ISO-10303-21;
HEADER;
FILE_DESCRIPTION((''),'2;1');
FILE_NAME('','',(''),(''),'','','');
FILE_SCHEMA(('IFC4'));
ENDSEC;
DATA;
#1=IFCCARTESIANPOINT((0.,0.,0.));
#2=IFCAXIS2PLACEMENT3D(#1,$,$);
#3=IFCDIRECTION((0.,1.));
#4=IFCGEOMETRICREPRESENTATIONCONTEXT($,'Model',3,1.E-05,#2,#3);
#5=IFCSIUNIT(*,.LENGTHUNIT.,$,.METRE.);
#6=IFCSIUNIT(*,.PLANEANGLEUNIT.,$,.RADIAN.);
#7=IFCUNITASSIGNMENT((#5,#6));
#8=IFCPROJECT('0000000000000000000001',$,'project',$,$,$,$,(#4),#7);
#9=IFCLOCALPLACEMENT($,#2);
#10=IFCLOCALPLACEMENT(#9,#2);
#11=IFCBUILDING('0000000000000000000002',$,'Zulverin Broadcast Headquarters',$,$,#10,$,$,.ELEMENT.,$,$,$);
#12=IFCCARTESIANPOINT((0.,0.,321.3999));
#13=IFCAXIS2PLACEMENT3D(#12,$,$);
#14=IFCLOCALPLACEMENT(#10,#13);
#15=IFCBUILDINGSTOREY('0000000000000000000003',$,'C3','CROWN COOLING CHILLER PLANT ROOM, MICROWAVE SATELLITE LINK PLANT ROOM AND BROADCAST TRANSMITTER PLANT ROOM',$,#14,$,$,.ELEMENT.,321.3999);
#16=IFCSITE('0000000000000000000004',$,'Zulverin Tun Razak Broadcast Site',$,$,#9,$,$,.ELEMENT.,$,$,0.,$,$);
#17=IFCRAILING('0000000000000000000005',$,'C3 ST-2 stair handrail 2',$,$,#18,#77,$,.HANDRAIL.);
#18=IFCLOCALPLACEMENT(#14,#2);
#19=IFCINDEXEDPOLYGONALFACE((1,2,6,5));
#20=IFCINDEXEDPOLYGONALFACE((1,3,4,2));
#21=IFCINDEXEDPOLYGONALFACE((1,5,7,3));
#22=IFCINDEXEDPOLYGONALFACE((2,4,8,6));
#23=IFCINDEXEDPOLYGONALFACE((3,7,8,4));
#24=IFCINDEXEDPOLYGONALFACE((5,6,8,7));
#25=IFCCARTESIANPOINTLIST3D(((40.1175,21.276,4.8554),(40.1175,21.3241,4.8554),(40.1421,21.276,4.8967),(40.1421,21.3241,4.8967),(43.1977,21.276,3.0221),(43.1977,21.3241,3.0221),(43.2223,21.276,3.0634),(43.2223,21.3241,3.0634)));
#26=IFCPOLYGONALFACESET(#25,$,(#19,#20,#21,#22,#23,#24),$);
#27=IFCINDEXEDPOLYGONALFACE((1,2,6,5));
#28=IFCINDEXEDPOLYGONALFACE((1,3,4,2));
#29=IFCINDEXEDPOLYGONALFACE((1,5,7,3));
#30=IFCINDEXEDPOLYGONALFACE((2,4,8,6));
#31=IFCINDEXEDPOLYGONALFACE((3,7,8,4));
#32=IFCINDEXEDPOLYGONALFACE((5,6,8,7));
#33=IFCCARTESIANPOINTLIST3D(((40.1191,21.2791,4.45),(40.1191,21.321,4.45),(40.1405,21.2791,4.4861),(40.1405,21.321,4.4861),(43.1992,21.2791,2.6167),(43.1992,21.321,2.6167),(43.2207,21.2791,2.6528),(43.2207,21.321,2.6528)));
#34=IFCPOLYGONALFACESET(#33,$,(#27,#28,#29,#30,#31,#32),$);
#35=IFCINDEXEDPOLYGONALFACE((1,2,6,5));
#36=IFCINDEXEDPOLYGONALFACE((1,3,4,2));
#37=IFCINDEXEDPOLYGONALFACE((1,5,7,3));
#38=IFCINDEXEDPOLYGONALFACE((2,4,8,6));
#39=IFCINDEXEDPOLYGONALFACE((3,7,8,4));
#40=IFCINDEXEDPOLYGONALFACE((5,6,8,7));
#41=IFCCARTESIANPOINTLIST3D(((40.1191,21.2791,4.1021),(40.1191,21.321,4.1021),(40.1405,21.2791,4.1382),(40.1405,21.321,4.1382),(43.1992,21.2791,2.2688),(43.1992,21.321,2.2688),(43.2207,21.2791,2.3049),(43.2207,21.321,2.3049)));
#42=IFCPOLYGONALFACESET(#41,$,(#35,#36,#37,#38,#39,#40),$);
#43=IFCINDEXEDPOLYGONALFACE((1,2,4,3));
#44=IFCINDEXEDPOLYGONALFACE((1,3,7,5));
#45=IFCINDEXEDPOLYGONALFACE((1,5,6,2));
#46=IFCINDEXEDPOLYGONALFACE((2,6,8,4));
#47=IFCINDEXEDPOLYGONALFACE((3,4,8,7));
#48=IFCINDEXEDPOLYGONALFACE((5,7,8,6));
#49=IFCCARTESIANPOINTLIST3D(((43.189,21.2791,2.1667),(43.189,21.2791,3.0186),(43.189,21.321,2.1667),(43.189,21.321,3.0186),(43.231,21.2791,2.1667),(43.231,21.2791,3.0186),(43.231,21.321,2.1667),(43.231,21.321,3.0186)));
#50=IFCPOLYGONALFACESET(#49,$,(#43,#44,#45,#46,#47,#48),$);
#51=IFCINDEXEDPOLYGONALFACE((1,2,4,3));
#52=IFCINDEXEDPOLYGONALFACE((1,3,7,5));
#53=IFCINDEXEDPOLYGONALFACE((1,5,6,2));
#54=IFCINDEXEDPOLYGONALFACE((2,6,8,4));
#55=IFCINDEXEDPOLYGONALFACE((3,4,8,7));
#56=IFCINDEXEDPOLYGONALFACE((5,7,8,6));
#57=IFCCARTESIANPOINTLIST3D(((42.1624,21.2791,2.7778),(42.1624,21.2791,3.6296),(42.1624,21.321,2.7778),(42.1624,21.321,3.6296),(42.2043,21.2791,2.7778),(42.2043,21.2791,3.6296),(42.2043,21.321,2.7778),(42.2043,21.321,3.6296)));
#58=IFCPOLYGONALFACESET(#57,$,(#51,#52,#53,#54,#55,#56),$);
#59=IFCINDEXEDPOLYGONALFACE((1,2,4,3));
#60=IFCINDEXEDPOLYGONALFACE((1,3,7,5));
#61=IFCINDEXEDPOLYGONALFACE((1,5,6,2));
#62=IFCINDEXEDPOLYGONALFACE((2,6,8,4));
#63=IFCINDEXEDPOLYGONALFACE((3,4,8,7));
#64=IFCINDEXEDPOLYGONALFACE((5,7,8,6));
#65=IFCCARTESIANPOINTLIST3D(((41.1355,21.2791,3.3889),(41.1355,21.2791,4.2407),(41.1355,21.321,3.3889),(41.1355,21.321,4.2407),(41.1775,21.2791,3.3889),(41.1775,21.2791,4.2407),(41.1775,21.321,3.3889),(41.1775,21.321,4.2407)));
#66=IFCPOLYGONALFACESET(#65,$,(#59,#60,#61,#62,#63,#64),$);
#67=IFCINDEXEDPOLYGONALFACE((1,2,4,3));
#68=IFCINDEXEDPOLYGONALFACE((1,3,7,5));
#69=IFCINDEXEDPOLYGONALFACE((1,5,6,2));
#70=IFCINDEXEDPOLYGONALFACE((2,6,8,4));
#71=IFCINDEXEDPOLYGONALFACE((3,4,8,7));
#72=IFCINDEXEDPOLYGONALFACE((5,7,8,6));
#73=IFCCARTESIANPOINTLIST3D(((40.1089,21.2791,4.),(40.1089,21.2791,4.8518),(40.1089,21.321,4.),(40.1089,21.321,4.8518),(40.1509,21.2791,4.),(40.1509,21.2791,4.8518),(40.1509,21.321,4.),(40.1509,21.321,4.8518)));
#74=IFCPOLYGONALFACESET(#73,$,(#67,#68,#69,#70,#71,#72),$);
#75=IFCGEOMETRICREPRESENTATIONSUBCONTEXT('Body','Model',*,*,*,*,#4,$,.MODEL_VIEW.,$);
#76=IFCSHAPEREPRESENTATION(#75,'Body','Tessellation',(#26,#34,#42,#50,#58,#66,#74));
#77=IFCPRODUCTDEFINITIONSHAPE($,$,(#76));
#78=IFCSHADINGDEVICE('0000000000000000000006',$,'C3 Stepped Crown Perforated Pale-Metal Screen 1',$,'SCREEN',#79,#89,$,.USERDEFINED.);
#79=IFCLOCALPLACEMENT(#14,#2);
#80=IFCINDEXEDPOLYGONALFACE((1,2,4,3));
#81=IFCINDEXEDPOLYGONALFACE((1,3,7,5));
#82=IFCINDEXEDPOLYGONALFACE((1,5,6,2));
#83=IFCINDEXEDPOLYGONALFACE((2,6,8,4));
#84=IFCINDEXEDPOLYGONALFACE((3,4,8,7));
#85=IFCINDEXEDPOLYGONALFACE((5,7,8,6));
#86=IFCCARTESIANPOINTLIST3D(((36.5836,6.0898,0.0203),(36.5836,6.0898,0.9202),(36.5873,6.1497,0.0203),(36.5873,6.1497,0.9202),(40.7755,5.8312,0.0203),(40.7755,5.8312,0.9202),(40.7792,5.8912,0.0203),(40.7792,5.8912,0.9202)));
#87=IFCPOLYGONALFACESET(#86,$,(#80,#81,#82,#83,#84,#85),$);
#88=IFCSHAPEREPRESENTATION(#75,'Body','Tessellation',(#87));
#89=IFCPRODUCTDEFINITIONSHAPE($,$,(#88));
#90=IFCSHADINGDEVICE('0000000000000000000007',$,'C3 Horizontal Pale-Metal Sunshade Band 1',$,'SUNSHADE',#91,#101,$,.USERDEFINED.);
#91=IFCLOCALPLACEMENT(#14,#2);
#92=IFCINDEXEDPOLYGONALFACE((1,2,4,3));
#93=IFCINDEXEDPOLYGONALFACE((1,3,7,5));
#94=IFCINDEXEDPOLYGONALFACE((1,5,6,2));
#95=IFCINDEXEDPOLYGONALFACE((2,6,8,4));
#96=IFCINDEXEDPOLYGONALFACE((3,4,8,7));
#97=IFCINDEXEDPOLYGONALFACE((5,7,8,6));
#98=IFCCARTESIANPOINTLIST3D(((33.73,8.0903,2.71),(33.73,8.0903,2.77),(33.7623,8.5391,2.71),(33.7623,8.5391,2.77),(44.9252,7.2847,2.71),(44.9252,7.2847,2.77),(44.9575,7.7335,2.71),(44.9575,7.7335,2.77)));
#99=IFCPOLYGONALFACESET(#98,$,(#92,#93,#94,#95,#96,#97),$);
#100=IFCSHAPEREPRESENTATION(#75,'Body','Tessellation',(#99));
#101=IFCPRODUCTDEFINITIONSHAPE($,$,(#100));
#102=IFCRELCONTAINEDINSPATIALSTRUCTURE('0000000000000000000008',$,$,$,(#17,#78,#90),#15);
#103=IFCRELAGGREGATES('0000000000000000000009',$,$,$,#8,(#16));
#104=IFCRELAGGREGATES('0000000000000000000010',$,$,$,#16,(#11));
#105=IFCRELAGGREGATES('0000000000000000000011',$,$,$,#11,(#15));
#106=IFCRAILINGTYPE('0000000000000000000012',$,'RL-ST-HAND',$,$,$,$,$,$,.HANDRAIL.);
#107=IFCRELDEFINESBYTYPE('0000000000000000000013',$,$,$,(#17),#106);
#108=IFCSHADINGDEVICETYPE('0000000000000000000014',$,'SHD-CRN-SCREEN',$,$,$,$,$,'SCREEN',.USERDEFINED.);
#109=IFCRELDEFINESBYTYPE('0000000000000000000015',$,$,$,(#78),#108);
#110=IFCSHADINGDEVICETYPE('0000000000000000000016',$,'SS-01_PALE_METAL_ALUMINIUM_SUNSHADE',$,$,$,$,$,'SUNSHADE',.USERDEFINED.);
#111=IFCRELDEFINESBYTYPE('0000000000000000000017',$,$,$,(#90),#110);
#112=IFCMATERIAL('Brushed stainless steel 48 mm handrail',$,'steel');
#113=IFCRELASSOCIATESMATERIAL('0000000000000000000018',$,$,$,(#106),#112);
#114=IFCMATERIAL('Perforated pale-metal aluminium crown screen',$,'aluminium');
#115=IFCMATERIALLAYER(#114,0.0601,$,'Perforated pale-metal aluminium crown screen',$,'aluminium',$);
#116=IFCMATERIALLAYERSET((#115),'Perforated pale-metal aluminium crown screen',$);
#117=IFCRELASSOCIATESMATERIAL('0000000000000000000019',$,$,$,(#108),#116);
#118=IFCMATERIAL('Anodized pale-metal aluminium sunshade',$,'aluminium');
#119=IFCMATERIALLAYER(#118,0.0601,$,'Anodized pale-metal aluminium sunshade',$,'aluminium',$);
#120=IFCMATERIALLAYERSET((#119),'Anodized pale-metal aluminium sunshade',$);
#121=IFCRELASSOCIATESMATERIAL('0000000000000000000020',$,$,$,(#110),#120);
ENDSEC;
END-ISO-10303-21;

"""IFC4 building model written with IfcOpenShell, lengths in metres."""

from ifc_helpers import new_model, si_unit, direction, frame, origin, origin_2d, place, context, subcontext, project, spatial, rectangle, extrude, material, layer, layer_set, type_object, element, save


model = new_model("IFC4")

# Units and contexts
model_context = context("Model", 3, precision=1e-05, world=origin(), true_north=direction((0.0, 1.0)))
body_context = subcontext(model_context, "Body", "Model", "MODEL_VIEW")
ifc_project = project(units=[si_unit("LENGTHUNIT", "METRE"), si_unit("PLANEANGLEUNIT", "RADIAN")], contexts=[model_context])

# Site, building, storey
site_placement = place(None, origin())
site = spatial("IfcSite", under=ifc_project, at=site_placement, Name="Zulverin Tun Razak Broadcast Site", CompositionType="ELEMENT", RefElevation=0.0)
building_placement = place(site_placement, origin())
building = spatial("IfcBuilding", under=site, at=building_placement, Name="Zulverin Broadcast Headquarters", CompositionType="ELEMENT")
storey_placement = place(building_placement, frame((0.0, 0.0, 321.3999)))
storey = spatial("IfcBuildingStorey", under=building, at=storey_placement, Name="C3", Description="CROWN COOLING CHILLER PLANT ROOM, MICROWAVE SATELLITE LINK PLANT ROOM AND BROADCAST TRANSMITTER PLANT ROOM", CompositionType="ELEMENT", Elevation=321.3999)

# Railing
ifc_material_1 = material(Name="Brushed stainless steel 48 mm handrail", Category="steel")
railing_type_1 = type_object("IfcRailingType", Name="RL-ST-HAND", PredefinedType="HANDRAIL", material=ifc_material_1)
railing_1_placement = place(storey_placement, frame((43.21, 21.3, 2.1667)))
element("IfcRailing", 1, at=railing_1_placement, inside=storey, type_object=railing_type_1, Name="C3 ST-2 stair handrail 2", PredefinedType="HANDRAIL", context=body_context, shape_type="SweptSolid", body=[
    extrude(rectangle(XDim=0.0481, YDim=0.0481, at=origin_2d()), frame((0.0, 0.0, 0.876), z_axis=(-0.859309, 0.0, 0.511458), x_axis=(0.0, -1.0, 0.0)), (0.0, 0.0, 1.0), 3.5845),
    extrude(rectangle(XDim=0.042, YDim=0.042, at=origin_2d()), frame((0.0, 0.0, 0.468), z_axis=(-0.859309, 0.0, 0.511458), x_axis=(0.0, -1.0, 0.0)), (0.0, 0.0, 1.0), 3.5845),
    extrude(rectangle(XDim=0.042, YDim=0.042, at=origin_2d()), frame((0.0, 0.0, 0.1201), z_axis=(-0.859309, 0.0, 0.511458), x_axis=(0.0, -1.0, 0.0)), (0.0, 0.0, 1.0), 3.5845),
    extrude(rectangle(XDim=0.042, YDim=0.042, at=origin_2d()), origin(), (0.0, 0.0, 1.0), 0.8518),
    extrude(rectangle(XDim=0.042, YDim=0.042, at=origin_2d()), frame((-1.0266, 0.0, 0.6111)), (0.0, 0.0, 1.0), 0.8518),
    extrude(rectangle(XDim=0.042, YDim=0.042, at=origin_2d()), frame((-2.0535, 0.0, 1.2222)), (0.0, 0.0, 1.0), 0.8518),
    extrude(rectangle(XDim=0.042, YDim=0.042, at=origin_2d()), frame((-3.0801, 0.0, 1.8333)), (0.0, 0.0, 1.0), 0.8518),
])

# Shading devices
ifc_material_2 = material(Name="Perforated pale-metal aluminium crown screen", Category="aluminium")
ifc_layer_1 = layer(ifc_material_2, 0.0601, Name="Perforated pale-metal aluminium crown screen", Category="aluminium")
ifc_layer_set_1 = layer_set([ifc_layer_1], Name="Perforated pale-metal aluminium crown screen")
shading_device_type_1 = type_object("IfcShadingDeviceType", Name="SHD-CRN-SCREEN", ElementType="SCREEN", PredefinedType="USERDEFINED", material=ifc_layer_set_1)
shading_device_1_placement = place(storey_placement, frame((38.6814, 5.9905, 0.0203), z_axis=(0.0, 0.0, 1.0), x_axis=(0.998103, -0.061571, 0.0)))
element("IfcShadingDevice", 2, at=shading_device_1_placement, inside=storey, type_object=shading_device_type_1, Name="C3 Stepped Crown Perforated Pale-Metal Screen 1", ObjectType="SCREEN", PredefinedType="USERDEFINED", context=body_context, shape_type="SweptSolid", body=[
    extrude(rectangle(XDim=4.2, YDim=0.0601, at=origin_2d()), origin(), (0.0, 0.0, 1.0), 0.8999),
])
ifc_material_3 = material(Name="Anodized pale-metal aluminium sunshade", Category="aluminium")
ifc_layer_2 = layer(ifc_material_3, 0.0601, Name="Anodized pale-metal aluminium sunshade", Category="aluminium")
ifc_layer_set_2 = layer_set([ifc_layer_2], Name="Anodized pale-metal aluminium sunshade")
shading_device_type_2 = type_object("IfcShadingDeviceType", Name="SS-01_PALE_METAL_ALUMINIUM_SUNSHADE", ElementType="SUNSHADE", PredefinedType="USERDEFINED", material=ifc_layer_set_2)
shading_device_2_placement = place(storey_placement, frame((39.3438, 7.9119, 2.71), z_axis=(0.0, 0.0, 1.0), x_axis=(0.997421, -0.071774, 0.0)))
element("IfcShadingDevice", 3, at=shading_device_2_placement, inside=storey, type_object=shading_device_type_2, Name="C3 Horizontal Pale-Metal Sunshade Band 1", ObjectType="SUNSHADE", PredefinedType="USERDEFINED", context=body_context, shape_type="SweptSolid", body=[
    extrude(rectangle(XDim=11.2241, YDim=0.45, at=origin_2d()), origin(), (0.0, 0.0, 1.0), 0.0601),
])

save(model, "model.ifc")
